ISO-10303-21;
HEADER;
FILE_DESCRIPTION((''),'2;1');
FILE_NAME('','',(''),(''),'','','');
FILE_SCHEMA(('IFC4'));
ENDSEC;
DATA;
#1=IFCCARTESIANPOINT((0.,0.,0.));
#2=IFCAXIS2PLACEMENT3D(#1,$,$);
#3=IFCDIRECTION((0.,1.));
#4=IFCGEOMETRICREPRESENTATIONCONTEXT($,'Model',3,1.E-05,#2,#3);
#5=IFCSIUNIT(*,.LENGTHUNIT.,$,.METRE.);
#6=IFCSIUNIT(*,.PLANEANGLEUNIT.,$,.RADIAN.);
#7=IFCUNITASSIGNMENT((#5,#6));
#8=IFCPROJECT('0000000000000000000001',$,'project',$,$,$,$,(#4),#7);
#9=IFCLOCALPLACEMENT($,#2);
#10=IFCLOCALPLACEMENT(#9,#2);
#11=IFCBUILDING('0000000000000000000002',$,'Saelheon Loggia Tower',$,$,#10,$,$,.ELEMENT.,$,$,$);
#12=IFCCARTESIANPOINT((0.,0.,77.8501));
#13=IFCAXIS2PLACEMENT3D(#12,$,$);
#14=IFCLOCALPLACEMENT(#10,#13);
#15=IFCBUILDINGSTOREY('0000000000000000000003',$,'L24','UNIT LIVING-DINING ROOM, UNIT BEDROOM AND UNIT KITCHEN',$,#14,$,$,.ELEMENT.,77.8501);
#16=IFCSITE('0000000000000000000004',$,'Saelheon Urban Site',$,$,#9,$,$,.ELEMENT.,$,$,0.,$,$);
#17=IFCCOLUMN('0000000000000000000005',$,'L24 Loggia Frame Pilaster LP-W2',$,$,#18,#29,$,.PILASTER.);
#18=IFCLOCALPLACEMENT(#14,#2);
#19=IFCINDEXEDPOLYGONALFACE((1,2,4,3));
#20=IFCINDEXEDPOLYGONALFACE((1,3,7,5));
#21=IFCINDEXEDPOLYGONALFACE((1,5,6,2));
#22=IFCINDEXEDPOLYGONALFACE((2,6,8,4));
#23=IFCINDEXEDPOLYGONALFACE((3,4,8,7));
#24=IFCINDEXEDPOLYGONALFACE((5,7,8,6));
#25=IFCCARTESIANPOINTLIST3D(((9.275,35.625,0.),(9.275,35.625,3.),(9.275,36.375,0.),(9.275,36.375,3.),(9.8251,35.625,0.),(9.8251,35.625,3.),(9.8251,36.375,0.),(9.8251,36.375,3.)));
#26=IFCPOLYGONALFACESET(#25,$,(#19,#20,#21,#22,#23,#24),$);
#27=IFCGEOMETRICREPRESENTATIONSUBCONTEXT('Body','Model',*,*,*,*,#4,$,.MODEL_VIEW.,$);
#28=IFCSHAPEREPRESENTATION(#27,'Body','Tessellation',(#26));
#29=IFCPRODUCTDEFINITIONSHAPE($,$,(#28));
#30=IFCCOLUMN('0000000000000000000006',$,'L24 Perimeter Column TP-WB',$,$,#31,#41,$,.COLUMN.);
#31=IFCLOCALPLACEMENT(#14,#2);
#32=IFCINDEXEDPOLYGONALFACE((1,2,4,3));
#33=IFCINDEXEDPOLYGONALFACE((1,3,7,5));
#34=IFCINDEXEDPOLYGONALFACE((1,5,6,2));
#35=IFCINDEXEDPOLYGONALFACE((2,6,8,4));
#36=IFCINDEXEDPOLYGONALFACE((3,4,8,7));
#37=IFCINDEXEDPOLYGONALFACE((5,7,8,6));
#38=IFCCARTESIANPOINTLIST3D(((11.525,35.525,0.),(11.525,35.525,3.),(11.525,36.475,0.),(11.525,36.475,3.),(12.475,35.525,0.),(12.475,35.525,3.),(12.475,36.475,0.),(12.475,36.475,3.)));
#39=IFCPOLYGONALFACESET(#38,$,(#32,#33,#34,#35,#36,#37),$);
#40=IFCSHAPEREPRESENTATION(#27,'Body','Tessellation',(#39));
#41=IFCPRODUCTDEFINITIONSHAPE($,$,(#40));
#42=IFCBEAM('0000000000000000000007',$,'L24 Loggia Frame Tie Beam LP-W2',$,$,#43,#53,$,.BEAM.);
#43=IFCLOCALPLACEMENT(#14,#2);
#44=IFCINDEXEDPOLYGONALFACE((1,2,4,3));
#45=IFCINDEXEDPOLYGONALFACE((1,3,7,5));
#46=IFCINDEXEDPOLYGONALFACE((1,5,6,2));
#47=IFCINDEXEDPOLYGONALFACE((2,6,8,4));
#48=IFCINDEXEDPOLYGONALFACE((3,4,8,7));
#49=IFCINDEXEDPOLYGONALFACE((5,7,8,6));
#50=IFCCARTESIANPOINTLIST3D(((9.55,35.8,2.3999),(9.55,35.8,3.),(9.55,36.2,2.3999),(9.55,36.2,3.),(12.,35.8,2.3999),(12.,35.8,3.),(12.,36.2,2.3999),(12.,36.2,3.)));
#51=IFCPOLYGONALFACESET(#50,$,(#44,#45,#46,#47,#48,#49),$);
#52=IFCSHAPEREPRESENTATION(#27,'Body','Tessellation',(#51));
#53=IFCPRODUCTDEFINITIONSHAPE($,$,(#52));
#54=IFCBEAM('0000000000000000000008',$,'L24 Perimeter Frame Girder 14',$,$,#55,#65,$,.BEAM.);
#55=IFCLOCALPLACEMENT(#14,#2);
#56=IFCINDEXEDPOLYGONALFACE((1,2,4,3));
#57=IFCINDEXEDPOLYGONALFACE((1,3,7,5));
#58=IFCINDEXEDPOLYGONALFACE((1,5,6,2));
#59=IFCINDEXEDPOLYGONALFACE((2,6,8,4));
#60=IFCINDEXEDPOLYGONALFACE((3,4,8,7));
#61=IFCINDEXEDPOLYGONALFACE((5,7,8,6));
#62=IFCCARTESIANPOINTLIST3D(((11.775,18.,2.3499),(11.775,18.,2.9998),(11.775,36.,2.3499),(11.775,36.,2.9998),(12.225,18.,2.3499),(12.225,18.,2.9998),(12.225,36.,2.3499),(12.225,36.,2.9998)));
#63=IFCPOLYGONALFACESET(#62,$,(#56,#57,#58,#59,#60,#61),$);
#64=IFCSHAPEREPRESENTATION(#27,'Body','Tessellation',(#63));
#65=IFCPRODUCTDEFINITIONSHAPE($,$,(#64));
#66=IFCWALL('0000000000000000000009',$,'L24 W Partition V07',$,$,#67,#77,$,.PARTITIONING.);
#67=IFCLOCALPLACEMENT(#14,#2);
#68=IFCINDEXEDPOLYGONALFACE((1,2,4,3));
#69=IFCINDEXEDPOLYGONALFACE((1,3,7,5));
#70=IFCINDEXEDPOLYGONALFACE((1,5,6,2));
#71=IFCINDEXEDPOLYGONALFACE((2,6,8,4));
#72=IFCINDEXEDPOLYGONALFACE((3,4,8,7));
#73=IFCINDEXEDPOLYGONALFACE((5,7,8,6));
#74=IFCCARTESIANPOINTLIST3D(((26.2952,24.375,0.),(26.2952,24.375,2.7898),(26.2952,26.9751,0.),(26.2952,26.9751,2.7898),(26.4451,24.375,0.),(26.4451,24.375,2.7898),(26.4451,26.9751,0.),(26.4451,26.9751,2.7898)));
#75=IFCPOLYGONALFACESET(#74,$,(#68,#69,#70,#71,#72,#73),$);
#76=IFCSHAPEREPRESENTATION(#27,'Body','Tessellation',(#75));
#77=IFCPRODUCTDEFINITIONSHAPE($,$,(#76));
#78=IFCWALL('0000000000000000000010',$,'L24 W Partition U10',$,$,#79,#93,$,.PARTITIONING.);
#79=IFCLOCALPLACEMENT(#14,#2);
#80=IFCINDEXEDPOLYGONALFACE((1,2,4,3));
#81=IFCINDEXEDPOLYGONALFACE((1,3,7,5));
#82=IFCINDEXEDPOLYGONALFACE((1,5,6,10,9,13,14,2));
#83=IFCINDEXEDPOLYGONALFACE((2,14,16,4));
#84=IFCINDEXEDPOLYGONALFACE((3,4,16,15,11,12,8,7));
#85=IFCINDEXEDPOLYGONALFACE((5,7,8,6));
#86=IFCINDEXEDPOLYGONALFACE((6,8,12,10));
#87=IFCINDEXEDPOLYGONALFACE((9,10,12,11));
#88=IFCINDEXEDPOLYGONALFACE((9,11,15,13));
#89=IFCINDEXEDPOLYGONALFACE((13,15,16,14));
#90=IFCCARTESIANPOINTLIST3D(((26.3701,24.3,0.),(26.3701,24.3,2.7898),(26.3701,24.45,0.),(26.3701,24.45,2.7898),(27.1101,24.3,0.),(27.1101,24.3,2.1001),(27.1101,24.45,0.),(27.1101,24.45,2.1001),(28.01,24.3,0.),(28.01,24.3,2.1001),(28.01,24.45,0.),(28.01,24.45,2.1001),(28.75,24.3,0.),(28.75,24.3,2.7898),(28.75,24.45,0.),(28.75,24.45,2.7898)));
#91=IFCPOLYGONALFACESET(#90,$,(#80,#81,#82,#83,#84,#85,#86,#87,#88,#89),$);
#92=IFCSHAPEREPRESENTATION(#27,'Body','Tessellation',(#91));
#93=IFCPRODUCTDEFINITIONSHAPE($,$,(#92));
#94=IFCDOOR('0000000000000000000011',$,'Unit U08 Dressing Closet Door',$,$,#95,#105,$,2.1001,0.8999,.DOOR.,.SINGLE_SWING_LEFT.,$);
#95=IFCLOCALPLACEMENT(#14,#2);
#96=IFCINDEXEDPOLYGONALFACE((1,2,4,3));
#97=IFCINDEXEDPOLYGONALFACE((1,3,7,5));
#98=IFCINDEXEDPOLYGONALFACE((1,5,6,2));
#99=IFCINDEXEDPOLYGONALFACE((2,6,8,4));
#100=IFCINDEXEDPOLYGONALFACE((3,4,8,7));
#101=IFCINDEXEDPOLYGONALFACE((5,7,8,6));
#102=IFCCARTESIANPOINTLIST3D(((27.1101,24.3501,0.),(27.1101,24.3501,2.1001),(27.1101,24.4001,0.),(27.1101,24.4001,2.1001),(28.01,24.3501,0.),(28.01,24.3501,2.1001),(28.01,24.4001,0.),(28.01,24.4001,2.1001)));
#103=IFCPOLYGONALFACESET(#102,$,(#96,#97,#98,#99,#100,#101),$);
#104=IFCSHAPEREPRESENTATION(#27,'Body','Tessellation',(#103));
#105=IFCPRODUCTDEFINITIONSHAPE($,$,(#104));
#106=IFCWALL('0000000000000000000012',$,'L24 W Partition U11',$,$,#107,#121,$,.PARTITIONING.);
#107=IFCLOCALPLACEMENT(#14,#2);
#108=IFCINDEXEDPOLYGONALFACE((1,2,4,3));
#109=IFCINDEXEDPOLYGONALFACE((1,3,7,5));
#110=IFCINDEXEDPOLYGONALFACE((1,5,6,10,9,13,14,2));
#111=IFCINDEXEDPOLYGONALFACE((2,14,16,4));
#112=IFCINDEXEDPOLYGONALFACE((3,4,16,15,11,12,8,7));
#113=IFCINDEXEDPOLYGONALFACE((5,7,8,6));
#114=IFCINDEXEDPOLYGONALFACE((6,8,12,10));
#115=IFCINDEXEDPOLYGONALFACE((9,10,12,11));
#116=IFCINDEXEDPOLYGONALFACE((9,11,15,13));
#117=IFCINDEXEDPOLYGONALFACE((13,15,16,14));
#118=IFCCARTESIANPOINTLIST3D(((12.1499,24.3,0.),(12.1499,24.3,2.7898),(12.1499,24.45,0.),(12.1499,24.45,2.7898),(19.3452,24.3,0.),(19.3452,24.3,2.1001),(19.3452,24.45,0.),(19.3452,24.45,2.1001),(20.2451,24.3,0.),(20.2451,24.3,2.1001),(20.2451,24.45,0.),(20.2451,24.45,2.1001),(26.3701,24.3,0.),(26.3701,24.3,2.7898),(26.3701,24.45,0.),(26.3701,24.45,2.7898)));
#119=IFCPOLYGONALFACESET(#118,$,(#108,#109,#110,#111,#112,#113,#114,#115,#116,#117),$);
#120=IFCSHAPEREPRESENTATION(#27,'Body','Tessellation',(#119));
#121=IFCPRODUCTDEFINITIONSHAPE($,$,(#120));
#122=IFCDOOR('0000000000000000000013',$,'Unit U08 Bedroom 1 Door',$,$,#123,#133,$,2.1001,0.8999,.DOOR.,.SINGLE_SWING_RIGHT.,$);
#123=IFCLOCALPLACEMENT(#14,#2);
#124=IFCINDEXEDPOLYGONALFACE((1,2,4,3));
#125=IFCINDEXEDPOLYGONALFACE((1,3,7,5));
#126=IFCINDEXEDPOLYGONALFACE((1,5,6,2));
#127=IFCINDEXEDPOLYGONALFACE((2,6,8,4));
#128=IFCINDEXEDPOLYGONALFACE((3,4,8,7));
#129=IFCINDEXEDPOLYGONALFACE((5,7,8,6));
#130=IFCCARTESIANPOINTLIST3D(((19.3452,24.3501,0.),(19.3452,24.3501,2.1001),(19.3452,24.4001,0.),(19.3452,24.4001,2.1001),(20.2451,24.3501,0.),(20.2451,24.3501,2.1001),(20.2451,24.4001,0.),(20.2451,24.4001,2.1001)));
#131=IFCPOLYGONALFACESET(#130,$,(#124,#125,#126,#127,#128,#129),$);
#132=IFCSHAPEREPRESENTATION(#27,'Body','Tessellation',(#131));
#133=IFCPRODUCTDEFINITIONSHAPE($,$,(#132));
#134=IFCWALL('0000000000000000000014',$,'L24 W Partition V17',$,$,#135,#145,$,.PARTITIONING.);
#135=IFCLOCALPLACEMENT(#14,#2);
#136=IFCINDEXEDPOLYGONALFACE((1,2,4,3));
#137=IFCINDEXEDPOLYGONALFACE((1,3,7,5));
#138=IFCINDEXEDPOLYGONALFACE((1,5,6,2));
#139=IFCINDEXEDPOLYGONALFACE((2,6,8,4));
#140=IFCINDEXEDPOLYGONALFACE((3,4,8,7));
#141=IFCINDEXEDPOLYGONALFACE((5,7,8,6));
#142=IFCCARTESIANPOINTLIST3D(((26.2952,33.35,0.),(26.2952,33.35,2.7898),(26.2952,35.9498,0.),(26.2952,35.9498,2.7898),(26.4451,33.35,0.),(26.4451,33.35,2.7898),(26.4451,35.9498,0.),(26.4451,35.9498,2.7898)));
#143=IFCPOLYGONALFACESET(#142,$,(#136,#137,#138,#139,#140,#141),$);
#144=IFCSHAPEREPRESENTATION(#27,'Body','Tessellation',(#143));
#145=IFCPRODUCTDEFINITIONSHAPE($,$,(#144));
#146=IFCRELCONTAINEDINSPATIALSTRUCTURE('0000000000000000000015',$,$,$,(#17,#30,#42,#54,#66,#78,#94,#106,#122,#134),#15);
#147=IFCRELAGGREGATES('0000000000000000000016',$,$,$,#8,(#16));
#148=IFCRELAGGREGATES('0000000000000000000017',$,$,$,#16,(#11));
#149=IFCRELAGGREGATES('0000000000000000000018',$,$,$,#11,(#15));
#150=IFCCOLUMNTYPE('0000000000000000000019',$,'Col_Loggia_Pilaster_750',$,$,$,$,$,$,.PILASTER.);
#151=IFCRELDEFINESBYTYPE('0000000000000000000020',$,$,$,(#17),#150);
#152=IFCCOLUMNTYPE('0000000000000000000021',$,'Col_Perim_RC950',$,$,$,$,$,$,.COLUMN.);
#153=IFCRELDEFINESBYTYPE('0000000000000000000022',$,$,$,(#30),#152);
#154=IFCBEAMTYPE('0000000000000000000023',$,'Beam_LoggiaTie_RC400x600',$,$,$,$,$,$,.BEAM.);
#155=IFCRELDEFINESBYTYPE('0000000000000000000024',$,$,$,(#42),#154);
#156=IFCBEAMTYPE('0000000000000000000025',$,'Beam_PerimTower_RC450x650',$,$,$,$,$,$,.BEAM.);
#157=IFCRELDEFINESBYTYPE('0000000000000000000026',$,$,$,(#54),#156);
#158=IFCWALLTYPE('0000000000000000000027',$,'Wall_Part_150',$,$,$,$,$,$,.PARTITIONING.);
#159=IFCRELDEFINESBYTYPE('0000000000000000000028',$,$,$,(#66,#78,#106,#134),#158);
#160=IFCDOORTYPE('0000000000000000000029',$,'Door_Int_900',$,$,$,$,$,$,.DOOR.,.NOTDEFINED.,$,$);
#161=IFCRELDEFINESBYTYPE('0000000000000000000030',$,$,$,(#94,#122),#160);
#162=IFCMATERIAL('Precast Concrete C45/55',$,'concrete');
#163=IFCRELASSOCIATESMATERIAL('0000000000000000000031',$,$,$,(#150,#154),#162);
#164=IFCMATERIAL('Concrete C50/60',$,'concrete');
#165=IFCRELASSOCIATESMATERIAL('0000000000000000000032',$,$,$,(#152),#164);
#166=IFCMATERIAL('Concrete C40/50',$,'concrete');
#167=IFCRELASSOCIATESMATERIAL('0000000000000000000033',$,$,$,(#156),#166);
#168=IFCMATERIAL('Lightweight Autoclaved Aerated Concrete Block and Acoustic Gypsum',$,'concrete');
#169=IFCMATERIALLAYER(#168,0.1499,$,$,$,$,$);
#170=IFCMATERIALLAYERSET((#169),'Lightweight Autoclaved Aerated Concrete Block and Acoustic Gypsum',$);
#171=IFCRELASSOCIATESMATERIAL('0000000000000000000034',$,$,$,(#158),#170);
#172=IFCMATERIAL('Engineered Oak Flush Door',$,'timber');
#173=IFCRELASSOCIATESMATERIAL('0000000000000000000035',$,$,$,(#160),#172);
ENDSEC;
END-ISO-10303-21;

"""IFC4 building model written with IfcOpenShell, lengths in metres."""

from ifc_helpers import new_model, si_unit, direction, frame, frame_2d, origin, origin_2d, place, context, subcontext, project, spatial, rectangle, extrude, source, transform, mapped, material, layer, layer_set, material_profile, profile_set, type_object, element, fill, save


model = new_model("IFC4")

# Units and contexts
model_context = context("Model", 3, precision=1e-05, world=origin(), true_north=direction((0.0, 1.0)))
body_context = subcontext(model_context, "Body", "Model", "MODEL_VIEW")
ifc_project = project(units=[si_unit("LENGTHUNIT", "METRE"), si_unit("PLANEANGLEUNIT", "RADIAN")], contexts=[model_context])

# Site, building, storey
site_placement = place(None, origin())
site = spatial("IfcSite", under=ifc_project, at=site_placement, Name="Saelheon Urban Site", CompositionType="ELEMENT", RefElevation=0.0)
building_placement = place(site_placement, origin())
building = spatial("IfcBuilding", under=site, at=building_placement, Name="Saelheon Loggia Tower", CompositionType="ELEMENT")
storey_placement = place(building_placement, frame((0.0, 0.0, 77.8501)))
storey = spatial("IfcBuildingStorey", under=building, at=storey_placement, Name="L24", Description="UNIT LIVING-DINING ROOM, UNIT BEDROOM AND UNIT KITCHEN", CompositionType="ELEMENT", Elevation=77.8501)

# Columns
ifc_material_1 = material(Name="Precast Concrete C45/55", Category="concrete")
ifc_material_profile_1 = material_profile(ifc_material_1, rectangle(XDim=0.55, YDim=0.75, at=origin_2d()), Name="RC-550x750")
ifc_profile_set_1 = profile_set([ifc_material_profile_1], Name="Precast Concrete C45/55")
column_type_1 = type_object("IfcColumnType", Name="Col_Loggia_Pilaster_750", PredefinedType="PILASTER", material=ifc_profile_set_1)
shared_shape_1 = source(origin(), body_context, "Body", "SweptSolid", [
    extrude(rectangle(XDim=0.55, YDim=0.75, at=origin_2d()), origin(), (0.0, 0.0, 1.0), 3.0),
])
column_1_placement = place(storey_placement, frame((9.55, 36.0, 0.0), z_axis=(0.0, 0.0, 1.0), x_axis=(1.0, 0.0, 0.0)))
element("IfcColumn", 1, at=column_1_placement, inside=storey, type_object=column_type_1, Name="L24 Loggia Frame Pilaster LP-W2", PredefinedType="PILASTER", context=body_context, shape_type="MappedRepresentation", body=[
    mapped(shared_shape_1, transform((0.0, 0.0, 0.0), scale=1.0)),
])
ifc_material_2 = material(Name="Concrete C50/60", Category="concrete")
ifc_material_profile_2 = material_profile(ifc_material_2, rectangle(XDim=0.95, YDim=0.95, at=origin_2d()), Name="RC-950x950")
ifc_profile_set_2 = profile_set([ifc_material_profile_2], Name="Concrete C50/60")
column_type_2 = type_object("IfcColumnType", Name="Col_Perim_RC950", PredefinedType="COLUMN", material=ifc_profile_set_2)
shared_shape_2 = source(origin(), body_context, "Body", "SweptSolid", [
    extrude(rectangle(XDim=0.95, YDim=0.95, at=origin_2d()), origin(), (0.0, 0.0, 1.0), 3.0),
])
column_2_placement = place(storey_placement, frame((12.0, 36.0, 0.0), z_axis=(0.0, 0.0, 1.0), x_axis=(1.0, 0.0, 0.0)))
element("IfcColumn", 2, at=column_2_placement, inside=storey, type_object=column_type_2, Name="L24 Perimeter Column TP-WB", PredefinedType="COLUMN", context=body_context, shape_type="MappedRepresentation", body=[
    mapped(shared_shape_2, transform((0.0, 0.0, 0.0), scale=1.0)),
])

# Beams
ifc_material_profile_3 = material_profile(ifc_material_1, rectangle(XDim=0.3999, YDim=0.6001, at=origin_2d()), Name="RC-400x600")
ifc_profile_set_3 = profile_set([ifc_material_profile_3], Name="Precast Concrete C45/55")
beam_type_1 = type_object("IfcBeamType", Name="Beam_LoggiaTie_RC400x600", PredefinedType="BEAM", material=ifc_profile_set_3)
shared_shape_3 = source(origin(), body_context, "Body", "SweptSolid", [
    extrude(rectangle(XDim=0.3999, YDim=0.6001, at=origin_2d()), origin(), (0.0, 0.0, 1.0), 2.45),
])
beam_1_placement = place(storey_placement, frame((12.0, 36.0, 2.7), z_axis=(-1.0, 0.0, 0.0), x_axis=(0.0, -1.0, 0.0)))
element("IfcBeam", 3, at=beam_1_placement, inside=storey, type_object=beam_type_1, Name="L24 Loggia Frame Tie Beam LP-W2", PredefinedType="BEAM", context=body_context, shape_type="MappedRepresentation", body=[
    mapped(shared_shape_3, transform((0.0, 0.0, 0.0), scale=1.0)),
])
ifc_material_3 = material(Name="Concrete C40/50", Category="concrete")
ifc_material_profile_4 = material_profile(ifc_material_3, rectangle(XDim=0.45, YDim=0.6499, at=origin_2d()), Name="RC-450x650")
ifc_profile_set_4 = profile_set([ifc_material_profile_4], Name="Concrete C40/50")
beam_type_2 = type_object("IfcBeamType", Name="Beam_PerimTower_RC450x650", PredefinedType="BEAM", material=ifc_profile_set_4)
shared_shape_4 = source(origin(), body_context, "Body", "SweptSolid", [
    extrude(rectangle(XDim=0.45, YDim=0.6499, at=origin_2d()), origin(), (0.0, 0.0, 1.0), 18.0),
])
beam_2_placement = place(storey_placement, frame((12.0, 36.0, 2.6748), z_axis=(0.0, -1.0, 0.0), x_axis=(1.0, 0.0, 0.0)))
element("IfcBeam", 4, at=beam_2_placement, inside=storey, type_object=beam_type_2, Name="L24 Perimeter Frame Girder 14", PredefinedType="BEAM", context=body_context, shape_type="MappedRepresentation", body=[
    mapped(shared_shape_4, transform((0.0, 0.0, 0.0), scale=1.0)),
])

# Wall
ifc_material_4 = material(Name="Lightweight Autoclaved Aerated Concrete Block and Acoustic Gypsum", Category="concrete")
ifc_layer_1 = layer(ifc_material_4, 0.1499)
ifc_layer_set_1 = layer_set([ifc_layer_1], Name="Lightweight Autoclaved Aerated Concrete Block and Acoustic Gypsum")
wall_type_1 = type_object("IfcWallType", Name="Wall_Part_150", PredefinedType="PARTITIONING", material=ifc_layer_set_1)
wall_1_placement = place(storey_placement, frame((26.3701, 24.375, 0.0), z_axis=(0.0, 0.0, 1.0), x_axis=(0.0, 1.0, 0.0)))
element("IfcWall", 5, at=wall_1_placement, inside=storey, type_object=wall_type_1, Name="L24 W Partition V07", PredefinedType="PARTITIONING", context=body_context, shape_type="SweptSolid", body=[
    extrude(rectangle(XDim=2.6001, YDim=0.1499, at=frame_2d((1.3, 0.0))), origin(), (0.0, 0.0, 1.0), 2.7898),
])

# Walls, openings, doors
wall_2_placement = place(storey_placement, frame((28.75, 24.375, 0.0), z_axis=(0.0, 0.0, 1.0), x_axis=(-1.0, 0.0, 0.0)))
wall_2 = element("IfcWall", 6, at=wall_2_placement, inside=storey, type_object=wall_type_1, Name="L24 W Partition U10", PredefinedType="PARTITIONING", context=body_context, shape_type="SweptSolid", body=[
    extrude(rectangle(XDim=2.3799, YDim=0.1499, at=frame_2d((1.1899, 0.0))), origin(), (0.0, 0.0, 1.0), 2.7898),
])
opening_1_placement = place(wall_2_placement, frame((0.74, 0.0, 0.0)))
opening_1 = element("IfcOpeningElement", 7, at=opening_1_placement, cuts=wall_2, PredefinedType="OPENING", context=body_context, shape_type="SweptSolid", body=[
    extrude(rectangle(XDim=0.8999, YDim=2.1001, at=frame_2d((0.45, 1.05))), frame((0.0, 0.0869, 0.0), z_axis=(0.0, -1.0, 0.0), x_axis=(1.0, 0.0, 0.0)), (0.0, 0.0, 1.0), 0.1738),
])
ifc_material_5 = material(Name="Engineered Oak Flush Door", Category="timber")
door_type_1 = type_object("IfcDoorType", Name="Door_Int_900", OperationType="NOTDEFINED", PredefinedType="DOOR", material=ifc_material_5)
shared_shape_5 = source(origin(), body_context, "Body", "SweptSolid", [
    extrude(rectangle(XDim=0.8999, YDim=2.1001, at=frame_2d((0.45, 1.05))), frame((0.0, 0.0249, 0.0), z_axis=(0.0, -1.0, 0.0), x_axis=(1.0, 0.0, 0.0)), (0.0, 0.0, 1.0), 0.05),
])
door_1_placement = place(opening_1_placement, origin())
door_1 = element("IfcDoor", 8, at=door_1_placement, inside=storey, type_object=door_type_1, Name="Unit U08 Dressing Closet Door", OperationType="SINGLE_SWING_LEFT", OverallHeight=2.1001, OverallWidth=0.8999, PredefinedType="DOOR", context=body_context, shape_type="MappedRepresentation", body=[
    mapped(shared_shape_5, transform((0.0, 0.0, 0.0), scale=1.0)),
])
fill(opening_1, door_1)
wall_3_placement = place(storey_placement, frame((26.3701, 24.375, 0.0), z_axis=(0.0, 0.0, 1.0), x_axis=(-1.0, 0.0, 0.0)))
wall_3 = element("IfcWall", 9, at=wall_3_placement, inside=storey, type_object=wall_type_1, Name="L24 W Partition U11", PredefinedType="PARTITIONING", context=body_context, shape_type="SweptSolid", body=[
    extrude(rectangle(XDim=14.2202, YDim=0.1499, at=frame_2d((7.1101, 0.0))), origin(), (0.0, 0.0, 1.0), 2.7898),
])
opening_2_placement = place(wall_3_placement, frame((6.125, 0.0, 0.0)))
opening_2 = element("IfcOpeningElement", 10, at=opening_2_placement, cuts=wall_3, PredefinedType="OPENING", context=body_context, shape_type="SweptSolid", body=[
    extrude(rectangle(XDim=0.8999, YDim=2.1001, at=frame_2d((0.45, 1.05))), frame((0.0, 0.0869, 0.0), z_axis=(0.0, -1.0, 0.0), x_axis=(1.0, 0.0, 0.0)), (0.0, 0.0, 1.0), 0.1738),
])
door_2_placement = place(opening_2_placement, origin())
door_2 = element("IfcDoor", 11, at=door_2_placement, inside=storey, type_object=door_type_1, Name="Unit U08 Bedroom 1 Door", OperationType="SINGLE_SWING_RIGHT", OverallHeight=2.1001, OverallWidth=0.8999, PredefinedType="DOOR", context=body_context, shape_type="MappedRepresentation", body=[
    mapped(shared_shape_5, transform((0.0, 0.0, 0.0), scale=1.0)),
])
fill(opening_2, door_2)

# Wall
wall_4_placement = place(storey_placement, frame((26.3701, 33.3501, 0.0), z_axis=(0.0, 0.0, 1.0), x_axis=(0.0, 1.0, 0.0)))
element("IfcWall", 12, at=wall_4_placement, inside=storey, type_object=wall_type_1, Name="L24 W Partition V17", PredefinedType="PARTITIONING", context=body_context, shape_type="SweptSolid", body=[
    extrude(rectangle(XDim=2.5999, YDim=0.1499, at=frame_2d((1.2998, 0.0))), origin(), (0.0, 0.0, 1.0), 2.7898),
])

save(model, "model.ifc")
